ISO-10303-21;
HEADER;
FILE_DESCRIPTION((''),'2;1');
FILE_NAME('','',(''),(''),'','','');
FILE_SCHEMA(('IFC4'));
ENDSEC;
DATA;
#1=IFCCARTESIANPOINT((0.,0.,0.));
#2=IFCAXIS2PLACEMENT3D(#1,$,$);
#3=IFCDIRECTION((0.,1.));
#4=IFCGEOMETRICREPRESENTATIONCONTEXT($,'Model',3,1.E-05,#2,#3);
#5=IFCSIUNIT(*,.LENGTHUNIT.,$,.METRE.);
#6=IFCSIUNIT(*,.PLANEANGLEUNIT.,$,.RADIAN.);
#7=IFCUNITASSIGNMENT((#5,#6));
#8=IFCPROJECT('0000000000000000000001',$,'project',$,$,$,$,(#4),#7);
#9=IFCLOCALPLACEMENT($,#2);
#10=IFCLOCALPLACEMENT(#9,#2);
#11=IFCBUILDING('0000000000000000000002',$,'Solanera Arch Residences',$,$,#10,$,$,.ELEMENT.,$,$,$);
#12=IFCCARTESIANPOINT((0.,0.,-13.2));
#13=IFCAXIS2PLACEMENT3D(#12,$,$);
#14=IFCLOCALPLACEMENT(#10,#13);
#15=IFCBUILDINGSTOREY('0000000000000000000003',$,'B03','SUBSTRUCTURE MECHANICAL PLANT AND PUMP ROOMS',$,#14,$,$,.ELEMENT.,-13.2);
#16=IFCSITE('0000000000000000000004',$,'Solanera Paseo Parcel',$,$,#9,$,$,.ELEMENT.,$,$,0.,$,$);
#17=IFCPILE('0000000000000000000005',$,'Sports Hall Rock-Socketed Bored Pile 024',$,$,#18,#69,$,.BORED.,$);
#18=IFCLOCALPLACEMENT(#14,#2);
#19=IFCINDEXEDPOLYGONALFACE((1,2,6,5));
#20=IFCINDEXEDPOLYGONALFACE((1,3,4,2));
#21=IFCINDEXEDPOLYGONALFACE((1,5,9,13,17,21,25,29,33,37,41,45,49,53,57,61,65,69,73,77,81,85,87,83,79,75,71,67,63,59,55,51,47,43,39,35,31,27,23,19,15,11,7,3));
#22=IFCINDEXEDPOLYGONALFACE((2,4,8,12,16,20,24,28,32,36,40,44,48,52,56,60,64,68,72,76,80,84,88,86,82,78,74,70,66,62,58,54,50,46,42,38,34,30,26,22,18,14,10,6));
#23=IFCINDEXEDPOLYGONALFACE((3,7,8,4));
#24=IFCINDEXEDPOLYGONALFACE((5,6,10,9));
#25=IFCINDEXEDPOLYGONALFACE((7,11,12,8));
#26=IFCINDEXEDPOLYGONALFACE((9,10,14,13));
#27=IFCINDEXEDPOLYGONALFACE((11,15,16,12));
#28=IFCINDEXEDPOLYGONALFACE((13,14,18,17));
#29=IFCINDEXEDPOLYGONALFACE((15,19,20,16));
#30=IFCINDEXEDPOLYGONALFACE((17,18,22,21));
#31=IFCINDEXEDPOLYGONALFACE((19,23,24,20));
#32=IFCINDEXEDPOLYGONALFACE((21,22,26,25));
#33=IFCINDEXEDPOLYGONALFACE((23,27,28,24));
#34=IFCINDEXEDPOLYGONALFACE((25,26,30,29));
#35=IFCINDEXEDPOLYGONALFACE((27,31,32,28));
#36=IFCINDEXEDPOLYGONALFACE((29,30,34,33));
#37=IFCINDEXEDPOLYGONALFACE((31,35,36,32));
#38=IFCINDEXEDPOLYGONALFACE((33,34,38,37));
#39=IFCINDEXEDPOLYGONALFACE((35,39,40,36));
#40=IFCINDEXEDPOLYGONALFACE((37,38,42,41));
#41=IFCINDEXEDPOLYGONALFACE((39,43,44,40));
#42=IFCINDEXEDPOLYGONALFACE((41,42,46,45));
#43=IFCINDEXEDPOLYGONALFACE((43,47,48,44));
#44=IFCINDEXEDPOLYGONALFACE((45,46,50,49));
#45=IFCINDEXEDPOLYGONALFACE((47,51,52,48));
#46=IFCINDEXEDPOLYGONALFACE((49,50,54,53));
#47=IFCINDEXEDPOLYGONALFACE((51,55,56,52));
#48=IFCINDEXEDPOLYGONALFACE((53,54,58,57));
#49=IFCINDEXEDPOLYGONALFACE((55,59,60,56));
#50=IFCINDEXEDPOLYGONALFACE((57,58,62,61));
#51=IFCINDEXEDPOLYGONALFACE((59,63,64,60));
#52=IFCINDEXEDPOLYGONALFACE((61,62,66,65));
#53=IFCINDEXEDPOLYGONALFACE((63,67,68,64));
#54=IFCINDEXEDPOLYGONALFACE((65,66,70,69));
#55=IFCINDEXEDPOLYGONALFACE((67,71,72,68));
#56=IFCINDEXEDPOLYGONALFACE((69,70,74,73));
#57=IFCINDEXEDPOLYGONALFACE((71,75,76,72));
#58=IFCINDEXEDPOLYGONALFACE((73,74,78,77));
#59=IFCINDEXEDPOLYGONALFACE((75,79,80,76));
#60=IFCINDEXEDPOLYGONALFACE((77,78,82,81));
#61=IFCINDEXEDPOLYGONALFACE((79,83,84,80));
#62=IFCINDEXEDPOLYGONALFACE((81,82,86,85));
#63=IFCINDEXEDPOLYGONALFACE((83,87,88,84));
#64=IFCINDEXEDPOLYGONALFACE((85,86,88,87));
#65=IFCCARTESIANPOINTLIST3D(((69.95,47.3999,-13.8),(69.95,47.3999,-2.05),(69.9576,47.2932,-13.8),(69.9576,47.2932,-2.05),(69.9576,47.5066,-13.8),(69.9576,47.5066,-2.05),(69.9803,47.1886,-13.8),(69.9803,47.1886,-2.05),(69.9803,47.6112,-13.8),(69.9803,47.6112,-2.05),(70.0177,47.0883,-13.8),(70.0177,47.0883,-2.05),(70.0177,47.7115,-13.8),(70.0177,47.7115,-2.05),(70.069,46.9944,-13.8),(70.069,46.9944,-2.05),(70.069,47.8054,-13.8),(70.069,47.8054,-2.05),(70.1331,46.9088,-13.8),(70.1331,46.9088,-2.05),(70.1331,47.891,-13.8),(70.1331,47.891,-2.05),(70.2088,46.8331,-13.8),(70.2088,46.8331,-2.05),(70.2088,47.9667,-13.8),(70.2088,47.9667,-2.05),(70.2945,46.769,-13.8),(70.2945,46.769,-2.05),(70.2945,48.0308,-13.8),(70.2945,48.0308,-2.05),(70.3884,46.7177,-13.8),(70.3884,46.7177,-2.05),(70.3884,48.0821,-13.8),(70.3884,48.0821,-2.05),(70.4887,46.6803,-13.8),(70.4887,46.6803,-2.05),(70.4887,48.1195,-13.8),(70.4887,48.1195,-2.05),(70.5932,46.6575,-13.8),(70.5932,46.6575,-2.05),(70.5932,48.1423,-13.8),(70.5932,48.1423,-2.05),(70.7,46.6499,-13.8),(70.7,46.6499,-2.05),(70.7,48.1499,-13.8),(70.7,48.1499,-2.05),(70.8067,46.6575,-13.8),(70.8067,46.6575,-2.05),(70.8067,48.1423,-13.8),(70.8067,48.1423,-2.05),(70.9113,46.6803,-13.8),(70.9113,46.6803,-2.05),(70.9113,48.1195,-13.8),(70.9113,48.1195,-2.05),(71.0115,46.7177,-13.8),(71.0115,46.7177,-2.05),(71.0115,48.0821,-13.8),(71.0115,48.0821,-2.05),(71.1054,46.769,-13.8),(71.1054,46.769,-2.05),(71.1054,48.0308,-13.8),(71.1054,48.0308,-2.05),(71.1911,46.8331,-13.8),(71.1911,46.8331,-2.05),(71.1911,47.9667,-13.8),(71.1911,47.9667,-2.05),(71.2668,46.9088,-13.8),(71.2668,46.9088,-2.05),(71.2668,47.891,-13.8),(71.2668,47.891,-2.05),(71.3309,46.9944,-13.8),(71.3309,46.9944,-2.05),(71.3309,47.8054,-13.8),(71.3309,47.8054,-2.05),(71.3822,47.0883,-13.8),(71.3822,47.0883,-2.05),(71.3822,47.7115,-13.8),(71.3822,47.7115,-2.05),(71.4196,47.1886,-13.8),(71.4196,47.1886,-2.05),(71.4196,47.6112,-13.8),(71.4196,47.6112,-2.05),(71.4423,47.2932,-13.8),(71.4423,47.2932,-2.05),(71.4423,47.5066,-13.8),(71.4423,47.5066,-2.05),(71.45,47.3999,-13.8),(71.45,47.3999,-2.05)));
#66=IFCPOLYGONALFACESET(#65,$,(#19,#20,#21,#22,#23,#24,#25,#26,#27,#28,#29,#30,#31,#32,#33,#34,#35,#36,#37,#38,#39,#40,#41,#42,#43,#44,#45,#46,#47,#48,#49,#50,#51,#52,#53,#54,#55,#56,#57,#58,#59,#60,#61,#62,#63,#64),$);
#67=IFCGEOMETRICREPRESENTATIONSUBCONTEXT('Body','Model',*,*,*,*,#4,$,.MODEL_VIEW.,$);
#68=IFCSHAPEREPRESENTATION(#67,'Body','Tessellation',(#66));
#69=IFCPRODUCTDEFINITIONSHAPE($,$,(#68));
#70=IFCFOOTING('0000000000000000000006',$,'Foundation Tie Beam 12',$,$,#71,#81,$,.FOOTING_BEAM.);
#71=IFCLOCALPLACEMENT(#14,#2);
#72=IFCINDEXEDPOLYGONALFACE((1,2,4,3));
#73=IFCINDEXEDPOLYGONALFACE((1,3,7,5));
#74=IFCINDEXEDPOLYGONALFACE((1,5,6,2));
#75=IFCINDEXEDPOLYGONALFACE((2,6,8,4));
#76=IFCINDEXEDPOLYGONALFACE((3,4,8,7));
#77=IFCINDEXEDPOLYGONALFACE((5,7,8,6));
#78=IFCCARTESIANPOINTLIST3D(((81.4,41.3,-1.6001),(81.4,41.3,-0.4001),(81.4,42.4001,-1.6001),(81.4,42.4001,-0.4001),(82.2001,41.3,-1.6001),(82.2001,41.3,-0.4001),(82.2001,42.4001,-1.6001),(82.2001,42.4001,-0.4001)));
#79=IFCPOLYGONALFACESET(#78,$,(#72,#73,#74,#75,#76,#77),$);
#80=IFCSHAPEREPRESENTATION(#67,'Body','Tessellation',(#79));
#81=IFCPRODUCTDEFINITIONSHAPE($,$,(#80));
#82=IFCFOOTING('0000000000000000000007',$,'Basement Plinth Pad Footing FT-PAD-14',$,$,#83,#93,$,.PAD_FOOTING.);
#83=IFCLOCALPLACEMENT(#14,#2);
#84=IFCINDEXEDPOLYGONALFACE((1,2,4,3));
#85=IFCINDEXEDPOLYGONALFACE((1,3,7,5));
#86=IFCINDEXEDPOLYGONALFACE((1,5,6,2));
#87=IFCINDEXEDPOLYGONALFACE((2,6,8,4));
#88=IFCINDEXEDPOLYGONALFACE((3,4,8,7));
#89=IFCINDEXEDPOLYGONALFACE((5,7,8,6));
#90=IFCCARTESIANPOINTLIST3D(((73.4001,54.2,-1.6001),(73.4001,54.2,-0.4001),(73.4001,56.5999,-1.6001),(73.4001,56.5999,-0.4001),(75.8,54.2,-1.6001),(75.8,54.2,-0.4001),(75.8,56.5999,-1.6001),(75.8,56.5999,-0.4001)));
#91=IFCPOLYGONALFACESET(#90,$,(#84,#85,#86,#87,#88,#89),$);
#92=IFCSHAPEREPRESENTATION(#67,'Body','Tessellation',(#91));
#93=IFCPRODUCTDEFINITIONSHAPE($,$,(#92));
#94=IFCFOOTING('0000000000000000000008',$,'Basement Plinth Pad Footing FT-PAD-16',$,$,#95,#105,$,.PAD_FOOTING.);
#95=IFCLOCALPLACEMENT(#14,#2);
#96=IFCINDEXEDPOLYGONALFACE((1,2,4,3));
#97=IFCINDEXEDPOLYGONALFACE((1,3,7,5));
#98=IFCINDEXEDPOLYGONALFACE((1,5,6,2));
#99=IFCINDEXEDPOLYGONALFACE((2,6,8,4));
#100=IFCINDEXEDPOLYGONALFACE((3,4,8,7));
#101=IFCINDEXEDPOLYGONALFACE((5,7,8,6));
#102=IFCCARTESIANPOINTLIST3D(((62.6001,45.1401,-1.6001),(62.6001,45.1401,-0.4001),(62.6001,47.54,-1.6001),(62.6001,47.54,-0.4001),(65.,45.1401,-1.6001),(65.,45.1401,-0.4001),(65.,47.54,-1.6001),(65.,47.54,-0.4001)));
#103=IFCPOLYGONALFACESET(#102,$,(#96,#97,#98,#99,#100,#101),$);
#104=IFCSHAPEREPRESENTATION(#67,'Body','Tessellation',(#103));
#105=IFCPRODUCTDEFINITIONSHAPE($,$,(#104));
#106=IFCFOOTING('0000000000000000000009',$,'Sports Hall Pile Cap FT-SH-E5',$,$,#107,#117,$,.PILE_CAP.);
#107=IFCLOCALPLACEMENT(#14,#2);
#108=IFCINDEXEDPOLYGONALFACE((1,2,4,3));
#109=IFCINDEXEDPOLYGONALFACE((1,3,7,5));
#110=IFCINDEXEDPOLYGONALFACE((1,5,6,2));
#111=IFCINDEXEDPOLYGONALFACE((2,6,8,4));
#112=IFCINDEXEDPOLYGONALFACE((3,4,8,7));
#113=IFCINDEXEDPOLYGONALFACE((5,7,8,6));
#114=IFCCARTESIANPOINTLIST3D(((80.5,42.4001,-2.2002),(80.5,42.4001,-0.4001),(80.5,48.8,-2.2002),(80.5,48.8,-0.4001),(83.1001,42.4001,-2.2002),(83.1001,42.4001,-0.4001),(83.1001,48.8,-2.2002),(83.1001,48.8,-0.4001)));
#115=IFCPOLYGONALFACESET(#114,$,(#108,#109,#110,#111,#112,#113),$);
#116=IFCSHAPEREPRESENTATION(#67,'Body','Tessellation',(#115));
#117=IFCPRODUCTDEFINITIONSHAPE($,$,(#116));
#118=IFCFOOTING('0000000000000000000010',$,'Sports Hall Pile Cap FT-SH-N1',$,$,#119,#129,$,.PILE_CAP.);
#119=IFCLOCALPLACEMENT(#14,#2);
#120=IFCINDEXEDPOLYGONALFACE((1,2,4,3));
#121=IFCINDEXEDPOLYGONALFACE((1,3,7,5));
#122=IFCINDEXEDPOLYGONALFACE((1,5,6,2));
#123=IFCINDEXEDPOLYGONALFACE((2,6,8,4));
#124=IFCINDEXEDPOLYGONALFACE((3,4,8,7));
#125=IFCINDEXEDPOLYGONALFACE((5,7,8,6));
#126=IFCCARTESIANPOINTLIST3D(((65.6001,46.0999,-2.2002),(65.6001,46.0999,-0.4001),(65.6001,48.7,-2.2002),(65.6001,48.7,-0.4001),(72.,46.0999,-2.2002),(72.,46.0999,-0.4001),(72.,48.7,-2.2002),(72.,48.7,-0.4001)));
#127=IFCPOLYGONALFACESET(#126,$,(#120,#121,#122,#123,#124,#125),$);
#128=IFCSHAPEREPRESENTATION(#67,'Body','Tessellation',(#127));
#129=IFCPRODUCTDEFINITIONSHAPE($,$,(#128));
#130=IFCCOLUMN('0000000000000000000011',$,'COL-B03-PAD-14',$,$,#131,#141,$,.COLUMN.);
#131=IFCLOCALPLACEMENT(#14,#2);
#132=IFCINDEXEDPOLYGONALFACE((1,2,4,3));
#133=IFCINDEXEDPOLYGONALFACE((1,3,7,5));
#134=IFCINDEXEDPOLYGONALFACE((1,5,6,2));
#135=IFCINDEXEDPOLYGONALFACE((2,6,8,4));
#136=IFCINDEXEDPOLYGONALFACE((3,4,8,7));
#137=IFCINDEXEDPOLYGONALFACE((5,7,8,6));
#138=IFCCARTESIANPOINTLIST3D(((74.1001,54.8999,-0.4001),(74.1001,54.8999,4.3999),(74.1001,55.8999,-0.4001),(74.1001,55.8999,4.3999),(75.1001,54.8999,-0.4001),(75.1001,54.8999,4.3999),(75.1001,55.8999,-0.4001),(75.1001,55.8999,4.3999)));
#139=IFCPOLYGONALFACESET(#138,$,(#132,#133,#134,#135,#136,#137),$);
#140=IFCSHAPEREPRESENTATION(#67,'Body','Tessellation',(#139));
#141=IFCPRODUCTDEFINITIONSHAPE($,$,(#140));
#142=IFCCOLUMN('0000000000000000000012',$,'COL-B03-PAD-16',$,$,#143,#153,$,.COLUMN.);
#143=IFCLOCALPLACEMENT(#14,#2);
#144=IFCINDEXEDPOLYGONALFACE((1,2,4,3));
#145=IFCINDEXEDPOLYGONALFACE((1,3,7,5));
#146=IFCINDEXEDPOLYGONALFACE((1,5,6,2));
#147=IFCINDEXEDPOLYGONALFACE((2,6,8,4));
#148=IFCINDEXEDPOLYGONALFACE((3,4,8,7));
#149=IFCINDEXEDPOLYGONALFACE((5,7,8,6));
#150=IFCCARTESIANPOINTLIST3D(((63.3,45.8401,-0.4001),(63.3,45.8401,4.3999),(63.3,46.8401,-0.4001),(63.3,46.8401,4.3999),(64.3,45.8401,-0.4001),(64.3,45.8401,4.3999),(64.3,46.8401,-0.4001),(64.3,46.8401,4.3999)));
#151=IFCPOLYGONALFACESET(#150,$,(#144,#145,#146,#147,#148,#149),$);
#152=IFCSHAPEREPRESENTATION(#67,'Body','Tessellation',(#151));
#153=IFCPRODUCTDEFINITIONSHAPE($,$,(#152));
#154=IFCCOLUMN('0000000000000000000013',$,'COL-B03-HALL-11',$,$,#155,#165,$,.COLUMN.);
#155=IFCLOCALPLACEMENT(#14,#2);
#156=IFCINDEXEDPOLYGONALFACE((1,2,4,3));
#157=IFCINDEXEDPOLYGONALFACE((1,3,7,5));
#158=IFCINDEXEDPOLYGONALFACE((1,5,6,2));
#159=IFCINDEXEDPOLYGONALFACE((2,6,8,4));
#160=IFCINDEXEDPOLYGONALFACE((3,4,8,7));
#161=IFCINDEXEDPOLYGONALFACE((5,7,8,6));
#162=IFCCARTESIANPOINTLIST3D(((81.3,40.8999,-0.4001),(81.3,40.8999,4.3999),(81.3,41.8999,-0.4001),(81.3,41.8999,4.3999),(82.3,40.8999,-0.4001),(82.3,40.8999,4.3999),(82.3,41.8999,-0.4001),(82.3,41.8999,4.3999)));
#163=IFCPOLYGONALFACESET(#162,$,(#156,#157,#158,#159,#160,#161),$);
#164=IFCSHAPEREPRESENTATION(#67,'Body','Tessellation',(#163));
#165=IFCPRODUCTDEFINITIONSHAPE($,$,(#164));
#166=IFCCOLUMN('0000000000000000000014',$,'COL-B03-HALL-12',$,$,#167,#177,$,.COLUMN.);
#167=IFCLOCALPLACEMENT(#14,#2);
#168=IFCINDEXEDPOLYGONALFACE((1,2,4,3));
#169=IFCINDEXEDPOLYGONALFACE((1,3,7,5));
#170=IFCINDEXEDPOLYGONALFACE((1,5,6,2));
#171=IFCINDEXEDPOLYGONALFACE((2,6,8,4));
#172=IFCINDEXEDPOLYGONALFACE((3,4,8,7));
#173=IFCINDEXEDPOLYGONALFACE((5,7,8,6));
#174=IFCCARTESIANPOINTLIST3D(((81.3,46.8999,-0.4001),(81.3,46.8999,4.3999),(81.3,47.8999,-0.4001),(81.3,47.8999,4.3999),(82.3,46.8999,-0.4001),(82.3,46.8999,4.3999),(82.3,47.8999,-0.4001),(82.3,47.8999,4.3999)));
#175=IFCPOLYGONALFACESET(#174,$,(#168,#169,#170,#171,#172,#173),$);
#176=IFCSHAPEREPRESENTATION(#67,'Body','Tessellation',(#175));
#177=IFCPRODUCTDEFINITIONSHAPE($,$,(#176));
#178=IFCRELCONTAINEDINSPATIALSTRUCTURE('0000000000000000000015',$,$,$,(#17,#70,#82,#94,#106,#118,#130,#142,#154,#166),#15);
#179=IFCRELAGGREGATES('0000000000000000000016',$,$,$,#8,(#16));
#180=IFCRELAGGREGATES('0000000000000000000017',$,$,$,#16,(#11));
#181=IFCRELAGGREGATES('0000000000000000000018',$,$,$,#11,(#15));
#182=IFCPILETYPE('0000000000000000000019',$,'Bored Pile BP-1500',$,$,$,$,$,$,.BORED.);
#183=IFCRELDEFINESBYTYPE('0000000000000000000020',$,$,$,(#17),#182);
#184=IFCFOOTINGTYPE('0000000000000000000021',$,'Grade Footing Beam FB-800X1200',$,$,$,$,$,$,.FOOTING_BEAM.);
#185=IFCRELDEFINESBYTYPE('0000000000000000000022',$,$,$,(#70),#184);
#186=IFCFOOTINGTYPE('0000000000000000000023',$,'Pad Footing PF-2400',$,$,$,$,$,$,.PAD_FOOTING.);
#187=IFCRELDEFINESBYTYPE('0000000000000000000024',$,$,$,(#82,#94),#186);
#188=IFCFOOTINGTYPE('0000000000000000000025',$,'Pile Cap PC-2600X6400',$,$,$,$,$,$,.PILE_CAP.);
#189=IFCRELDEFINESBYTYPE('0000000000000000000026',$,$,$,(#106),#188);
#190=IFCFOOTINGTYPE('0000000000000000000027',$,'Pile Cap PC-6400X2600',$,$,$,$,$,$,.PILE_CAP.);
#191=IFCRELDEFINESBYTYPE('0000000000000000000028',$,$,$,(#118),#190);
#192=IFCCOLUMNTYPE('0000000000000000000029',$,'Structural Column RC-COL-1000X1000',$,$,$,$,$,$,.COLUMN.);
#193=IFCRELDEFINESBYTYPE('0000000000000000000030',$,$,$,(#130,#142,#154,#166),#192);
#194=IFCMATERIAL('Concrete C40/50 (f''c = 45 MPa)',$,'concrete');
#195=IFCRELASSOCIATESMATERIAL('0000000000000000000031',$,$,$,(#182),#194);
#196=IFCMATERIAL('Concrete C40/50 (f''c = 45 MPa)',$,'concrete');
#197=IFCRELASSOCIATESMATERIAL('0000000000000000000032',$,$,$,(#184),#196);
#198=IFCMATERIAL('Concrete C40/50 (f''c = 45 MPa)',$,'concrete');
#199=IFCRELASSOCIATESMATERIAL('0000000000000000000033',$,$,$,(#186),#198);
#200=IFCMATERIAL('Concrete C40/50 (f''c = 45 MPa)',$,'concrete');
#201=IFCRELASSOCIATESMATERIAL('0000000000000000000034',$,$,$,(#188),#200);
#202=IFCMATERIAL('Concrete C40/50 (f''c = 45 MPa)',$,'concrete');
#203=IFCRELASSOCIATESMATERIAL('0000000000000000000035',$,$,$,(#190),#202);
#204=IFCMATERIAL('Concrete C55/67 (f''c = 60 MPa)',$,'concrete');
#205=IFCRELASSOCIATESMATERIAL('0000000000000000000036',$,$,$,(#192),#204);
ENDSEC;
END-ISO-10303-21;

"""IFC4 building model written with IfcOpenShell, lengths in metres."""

from ifc_helpers import new_model, si_unit, direction, frame, origin, origin_2d, place, context, subcontext, project, spatial, rectangle, circle, extrude, material, material_profile, profile_set, type_object, element, save


model = new_model("IFC4")

# Units and contexts
model_context = context("Model", 3, precision=1e-05, world=origin(), true_north=direction((0.0, 1.0)))
body_context = subcontext(model_context, "Body", "Model", "MODEL_VIEW")
ifc_project = project(units=[si_unit("LENGTHUNIT", "METRE"), si_unit("PLANEANGLEUNIT", "RADIAN")], contexts=[model_context])

# Site, building, storey
site_placement = place(None, origin())
site = spatial("IfcSite", under=ifc_project, at=site_placement, Name="Solanera Paseo Parcel", CompositionType="ELEMENT", RefElevation=0.0)
building_placement = place(site_placement, origin())
building = spatial("IfcBuilding", under=site, at=building_placement, Name="Solanera Arch Residences", CompositionType="ELEMENT")
storey_placement = place(building_placement, frame((0.0, 0.0, -13.2)))
storey = spatial("IfcBuildingStorey", under=building, at=storey_placement, Name="B03", Description="SUBSTRUCTURE MECHANICAL PLANT AND PUMP ROOMS", CompositionType="ELEMENT", Elevation=-13.2)

# Pile
ifc_material_1 = material(Name="Concrete C40/50 (f'c = 45 MPa)", Category="concrete")
ifc_material_profile_1 = material_profile(ifc_material_1, circle(Radius=0.75, at=origin_2d()))
ifc_profile_set_1 = profile_set([ifc_material_profile_1], Name="Concrete C40/50 (f'c = 45 MPa)")
pile_type = type_object("IfcPileType", Name="Bored Pile BP-1500", PredefinedType="BORED", material=ifc_profile_set_1)
for number, where, z_axis, x_axis, name in (
    (1, (70.7, 47.3999, -2.05), (0.0, 0.0, -1.0), (1.0, 0.0, 0.0), "Sports Hall Rock-Socketed Bored Pile 024"),
):
    element("IfcPile", number, at=place(storey_placement, frame(where, z_axis=z_axis, x_axis=x_axis)), inside=storey, type_object=pile_type, Name=name, PredefinedType="BORED", context=body_context, shape_type="SweptSolid", body=[
        extrude(circle(Radius=0.75, at=origin_2d()), origin(), (0.0, 0.0, 1.0), 11.75),
    ])

# Footings
ifc_material_2 = material(Name="Concrete C40/50 (f'c = 45 MPa)", Category="concrete")
footing_type_1 = type_object("IfcFootingType", Name="Grade Footing Beam FB-800X1200", PredefinedType="FOOTING_BEAM", material=ifc_material_2)
footing_1_placement = place(storey_placement, frame((81.8, 41.8501, -1.6001), z_axis=(0.0, 0.0, 1.0), x_axis=(1.0, 0.0, 0.0)))
element("IfcFooting", 2, at=footing_1_placement, inside=storey, type_object=footing_type_1, Name="Foundation Tie Beam 12", PredefinedType="FOOTING_BEAM", context=body_context, shape_type="SweptSolid", body=[
    extrude(rectangle(XDim=0.8, YDim=1.1001, at=origin_2d()), origin(), (0.0, 0.0, 1.0), 1.2),
])
ifc_material_3 = material(Name="Concrete C40/50 (f'c = 45 MPa)", Category="concrete")
footing_type_2 = type_object("IfcFootingType", Name="Pad Footing PF-2400", PredefinedType="PAD_FOOTING", material=ifc_material_3)
for number, where, z_axis, x_axis, name in (
    (3, (74.6001, 55.3999, -1.6001), (0.0, 0.0, 1.0), (1.0, 0.0, 0.0), "Basement Plinth Pad Footing FT-PAD-14"),
    (4, (63.8, 46.3401, -1.6001), (0.0, 0.0, 1.0), (1.0, 0.0, 0.0), "Basement Plinth Pad Footing FT-PAD-16"),
):
    element("IfcFooting", number, at=place(storey_placement, frame(where, z_axis=z_axis, x_axis=x_axis)), inside=storey, type_object=footing_type_2, Name=name, PredefinedType="PAD_FOOTING", context=body_context, shape_type="SweptSolid", body=[
        extrude(rectangle(XDim=2.3999, YDim=2.3999, at=origin_2d()), origin(), (0.0, 0.0, 1.0), 1.2),
    ])
ifc_material_4 = material(Name="Concrete C40/50 (f'c = 45 MPa)", Category="concrete")
footing_type_3 = type_object("IfcFootingType", Name="Pile Cap PC-2600X6400", PredefinedType="PILE_CAP", material=ifc_material_4)
footing_2_placement = place(storey_placement, frame((81.8, 45.6001, -2.2002), z_axis=(0.0, 0.0, 1.0), x_axis=(1.0, 0.0, 0.0)))
element("IfcFooting", 5, at=footing_2_placement, inside=storey, type_object=footing_type_3, Name="Sports Hall Pile Cap FT-SH-E5", PredefinedType="PILE_CAP", context=body_context, shape_type="SweptSolid", body=[
    extrude(rectangle(XDim=2.6001, YDim=6.3999, at=origin_2d()), origin(), (0.0, 0.0, 1.0), 1.8),
])
ifc_material_5 = material(Name="Concrete C40/50 (f'c = 45 MPa)", Category="concrete")
footing_type_4 = type_object("IfcFootingType", Name="Pile Cap PC-6400X2600", PredefinedType="PILE_CAP", material=ifc_material_5)
footing_3_placement = place(storey_placement, frame((68.8, 47.3999, -2.2002), z_axis=(0.0, 0.0, 1.0), x_axis=(1.0, 0.0, 0.0)))
element("IfcFooting", 6, at=footing_3_placement, inside=storey, type_object=footing_type_4, Name="Sports Hall Pile Cap FT-SH-N1", PredefinedType="PILE_CAP", context=body_context, shape_type="SweptSolid", body=[
    extrude(rectangle(XDim=6.3999, YDim=2.6001, at=origin_2d()), origin(), (0.0, 0.0, 1.0), 1.8),
])

# Columns
ifc_material_6 = material(Name="Concrete C55/67 (f'c = 60 MPa)", Category="concrete")
ifc_material_profile_2 = material_profile(ifc_material_6, rectangle(XDim=1.0, YDim=1.0, at=origin_2d()))
ifc_profile_set_2 = profile_set([ifc_material_profile_2], Name="Concrete C55/67 (f'c = 60 MPa)")
column_type_1 = type_object("IfcColumnType", Name="Structural Column RC-COL-1000X1000", PredefinedType="COLUMN", material=ifc_profile_set_2)
for number, where, z_axis, x_axis, name in (
    (7, (74.6001, 55.3999, -0.4001), (0.0, 0.0, 1.0), (1.0, 0.0, 0.0), "COL-B03-PAD-14"),
    (8, (63.8, 46.3401, -0.4001), (0.0, 0.0, 1.0), (1.0, 0.0, 0.0), "COL-B03-PAD-16"),
    (9, (81.8, 41.3999, -0.4001), (0.0, 0.0, 1.0), (1.0, 0.0, 0.0), "COL-B03-HALL-11"),
    (10, (81.8, 47.3999, -0.4001), (0.0, 0.0, 1.0), (1.0, 0.0, 0.0), "COL-B03-HALL-12"),
):
    element("IfcColumn", number, at=place(storey_placement, frame(where, z_axis=z_axis, x_axis=x_axis)), inside=storey, type_object=column_type_1, Name=name, PredefinedType="COLUMN", context=body_context, shape_type="SweptSolid", body=[
        extrude(rectangle(XDim=1.0, YDim=1.0, at=origin_2d()), origin(), (0.0, 0.0, 1.0), 4.8),
    ])

save(model, "model.ifc")
